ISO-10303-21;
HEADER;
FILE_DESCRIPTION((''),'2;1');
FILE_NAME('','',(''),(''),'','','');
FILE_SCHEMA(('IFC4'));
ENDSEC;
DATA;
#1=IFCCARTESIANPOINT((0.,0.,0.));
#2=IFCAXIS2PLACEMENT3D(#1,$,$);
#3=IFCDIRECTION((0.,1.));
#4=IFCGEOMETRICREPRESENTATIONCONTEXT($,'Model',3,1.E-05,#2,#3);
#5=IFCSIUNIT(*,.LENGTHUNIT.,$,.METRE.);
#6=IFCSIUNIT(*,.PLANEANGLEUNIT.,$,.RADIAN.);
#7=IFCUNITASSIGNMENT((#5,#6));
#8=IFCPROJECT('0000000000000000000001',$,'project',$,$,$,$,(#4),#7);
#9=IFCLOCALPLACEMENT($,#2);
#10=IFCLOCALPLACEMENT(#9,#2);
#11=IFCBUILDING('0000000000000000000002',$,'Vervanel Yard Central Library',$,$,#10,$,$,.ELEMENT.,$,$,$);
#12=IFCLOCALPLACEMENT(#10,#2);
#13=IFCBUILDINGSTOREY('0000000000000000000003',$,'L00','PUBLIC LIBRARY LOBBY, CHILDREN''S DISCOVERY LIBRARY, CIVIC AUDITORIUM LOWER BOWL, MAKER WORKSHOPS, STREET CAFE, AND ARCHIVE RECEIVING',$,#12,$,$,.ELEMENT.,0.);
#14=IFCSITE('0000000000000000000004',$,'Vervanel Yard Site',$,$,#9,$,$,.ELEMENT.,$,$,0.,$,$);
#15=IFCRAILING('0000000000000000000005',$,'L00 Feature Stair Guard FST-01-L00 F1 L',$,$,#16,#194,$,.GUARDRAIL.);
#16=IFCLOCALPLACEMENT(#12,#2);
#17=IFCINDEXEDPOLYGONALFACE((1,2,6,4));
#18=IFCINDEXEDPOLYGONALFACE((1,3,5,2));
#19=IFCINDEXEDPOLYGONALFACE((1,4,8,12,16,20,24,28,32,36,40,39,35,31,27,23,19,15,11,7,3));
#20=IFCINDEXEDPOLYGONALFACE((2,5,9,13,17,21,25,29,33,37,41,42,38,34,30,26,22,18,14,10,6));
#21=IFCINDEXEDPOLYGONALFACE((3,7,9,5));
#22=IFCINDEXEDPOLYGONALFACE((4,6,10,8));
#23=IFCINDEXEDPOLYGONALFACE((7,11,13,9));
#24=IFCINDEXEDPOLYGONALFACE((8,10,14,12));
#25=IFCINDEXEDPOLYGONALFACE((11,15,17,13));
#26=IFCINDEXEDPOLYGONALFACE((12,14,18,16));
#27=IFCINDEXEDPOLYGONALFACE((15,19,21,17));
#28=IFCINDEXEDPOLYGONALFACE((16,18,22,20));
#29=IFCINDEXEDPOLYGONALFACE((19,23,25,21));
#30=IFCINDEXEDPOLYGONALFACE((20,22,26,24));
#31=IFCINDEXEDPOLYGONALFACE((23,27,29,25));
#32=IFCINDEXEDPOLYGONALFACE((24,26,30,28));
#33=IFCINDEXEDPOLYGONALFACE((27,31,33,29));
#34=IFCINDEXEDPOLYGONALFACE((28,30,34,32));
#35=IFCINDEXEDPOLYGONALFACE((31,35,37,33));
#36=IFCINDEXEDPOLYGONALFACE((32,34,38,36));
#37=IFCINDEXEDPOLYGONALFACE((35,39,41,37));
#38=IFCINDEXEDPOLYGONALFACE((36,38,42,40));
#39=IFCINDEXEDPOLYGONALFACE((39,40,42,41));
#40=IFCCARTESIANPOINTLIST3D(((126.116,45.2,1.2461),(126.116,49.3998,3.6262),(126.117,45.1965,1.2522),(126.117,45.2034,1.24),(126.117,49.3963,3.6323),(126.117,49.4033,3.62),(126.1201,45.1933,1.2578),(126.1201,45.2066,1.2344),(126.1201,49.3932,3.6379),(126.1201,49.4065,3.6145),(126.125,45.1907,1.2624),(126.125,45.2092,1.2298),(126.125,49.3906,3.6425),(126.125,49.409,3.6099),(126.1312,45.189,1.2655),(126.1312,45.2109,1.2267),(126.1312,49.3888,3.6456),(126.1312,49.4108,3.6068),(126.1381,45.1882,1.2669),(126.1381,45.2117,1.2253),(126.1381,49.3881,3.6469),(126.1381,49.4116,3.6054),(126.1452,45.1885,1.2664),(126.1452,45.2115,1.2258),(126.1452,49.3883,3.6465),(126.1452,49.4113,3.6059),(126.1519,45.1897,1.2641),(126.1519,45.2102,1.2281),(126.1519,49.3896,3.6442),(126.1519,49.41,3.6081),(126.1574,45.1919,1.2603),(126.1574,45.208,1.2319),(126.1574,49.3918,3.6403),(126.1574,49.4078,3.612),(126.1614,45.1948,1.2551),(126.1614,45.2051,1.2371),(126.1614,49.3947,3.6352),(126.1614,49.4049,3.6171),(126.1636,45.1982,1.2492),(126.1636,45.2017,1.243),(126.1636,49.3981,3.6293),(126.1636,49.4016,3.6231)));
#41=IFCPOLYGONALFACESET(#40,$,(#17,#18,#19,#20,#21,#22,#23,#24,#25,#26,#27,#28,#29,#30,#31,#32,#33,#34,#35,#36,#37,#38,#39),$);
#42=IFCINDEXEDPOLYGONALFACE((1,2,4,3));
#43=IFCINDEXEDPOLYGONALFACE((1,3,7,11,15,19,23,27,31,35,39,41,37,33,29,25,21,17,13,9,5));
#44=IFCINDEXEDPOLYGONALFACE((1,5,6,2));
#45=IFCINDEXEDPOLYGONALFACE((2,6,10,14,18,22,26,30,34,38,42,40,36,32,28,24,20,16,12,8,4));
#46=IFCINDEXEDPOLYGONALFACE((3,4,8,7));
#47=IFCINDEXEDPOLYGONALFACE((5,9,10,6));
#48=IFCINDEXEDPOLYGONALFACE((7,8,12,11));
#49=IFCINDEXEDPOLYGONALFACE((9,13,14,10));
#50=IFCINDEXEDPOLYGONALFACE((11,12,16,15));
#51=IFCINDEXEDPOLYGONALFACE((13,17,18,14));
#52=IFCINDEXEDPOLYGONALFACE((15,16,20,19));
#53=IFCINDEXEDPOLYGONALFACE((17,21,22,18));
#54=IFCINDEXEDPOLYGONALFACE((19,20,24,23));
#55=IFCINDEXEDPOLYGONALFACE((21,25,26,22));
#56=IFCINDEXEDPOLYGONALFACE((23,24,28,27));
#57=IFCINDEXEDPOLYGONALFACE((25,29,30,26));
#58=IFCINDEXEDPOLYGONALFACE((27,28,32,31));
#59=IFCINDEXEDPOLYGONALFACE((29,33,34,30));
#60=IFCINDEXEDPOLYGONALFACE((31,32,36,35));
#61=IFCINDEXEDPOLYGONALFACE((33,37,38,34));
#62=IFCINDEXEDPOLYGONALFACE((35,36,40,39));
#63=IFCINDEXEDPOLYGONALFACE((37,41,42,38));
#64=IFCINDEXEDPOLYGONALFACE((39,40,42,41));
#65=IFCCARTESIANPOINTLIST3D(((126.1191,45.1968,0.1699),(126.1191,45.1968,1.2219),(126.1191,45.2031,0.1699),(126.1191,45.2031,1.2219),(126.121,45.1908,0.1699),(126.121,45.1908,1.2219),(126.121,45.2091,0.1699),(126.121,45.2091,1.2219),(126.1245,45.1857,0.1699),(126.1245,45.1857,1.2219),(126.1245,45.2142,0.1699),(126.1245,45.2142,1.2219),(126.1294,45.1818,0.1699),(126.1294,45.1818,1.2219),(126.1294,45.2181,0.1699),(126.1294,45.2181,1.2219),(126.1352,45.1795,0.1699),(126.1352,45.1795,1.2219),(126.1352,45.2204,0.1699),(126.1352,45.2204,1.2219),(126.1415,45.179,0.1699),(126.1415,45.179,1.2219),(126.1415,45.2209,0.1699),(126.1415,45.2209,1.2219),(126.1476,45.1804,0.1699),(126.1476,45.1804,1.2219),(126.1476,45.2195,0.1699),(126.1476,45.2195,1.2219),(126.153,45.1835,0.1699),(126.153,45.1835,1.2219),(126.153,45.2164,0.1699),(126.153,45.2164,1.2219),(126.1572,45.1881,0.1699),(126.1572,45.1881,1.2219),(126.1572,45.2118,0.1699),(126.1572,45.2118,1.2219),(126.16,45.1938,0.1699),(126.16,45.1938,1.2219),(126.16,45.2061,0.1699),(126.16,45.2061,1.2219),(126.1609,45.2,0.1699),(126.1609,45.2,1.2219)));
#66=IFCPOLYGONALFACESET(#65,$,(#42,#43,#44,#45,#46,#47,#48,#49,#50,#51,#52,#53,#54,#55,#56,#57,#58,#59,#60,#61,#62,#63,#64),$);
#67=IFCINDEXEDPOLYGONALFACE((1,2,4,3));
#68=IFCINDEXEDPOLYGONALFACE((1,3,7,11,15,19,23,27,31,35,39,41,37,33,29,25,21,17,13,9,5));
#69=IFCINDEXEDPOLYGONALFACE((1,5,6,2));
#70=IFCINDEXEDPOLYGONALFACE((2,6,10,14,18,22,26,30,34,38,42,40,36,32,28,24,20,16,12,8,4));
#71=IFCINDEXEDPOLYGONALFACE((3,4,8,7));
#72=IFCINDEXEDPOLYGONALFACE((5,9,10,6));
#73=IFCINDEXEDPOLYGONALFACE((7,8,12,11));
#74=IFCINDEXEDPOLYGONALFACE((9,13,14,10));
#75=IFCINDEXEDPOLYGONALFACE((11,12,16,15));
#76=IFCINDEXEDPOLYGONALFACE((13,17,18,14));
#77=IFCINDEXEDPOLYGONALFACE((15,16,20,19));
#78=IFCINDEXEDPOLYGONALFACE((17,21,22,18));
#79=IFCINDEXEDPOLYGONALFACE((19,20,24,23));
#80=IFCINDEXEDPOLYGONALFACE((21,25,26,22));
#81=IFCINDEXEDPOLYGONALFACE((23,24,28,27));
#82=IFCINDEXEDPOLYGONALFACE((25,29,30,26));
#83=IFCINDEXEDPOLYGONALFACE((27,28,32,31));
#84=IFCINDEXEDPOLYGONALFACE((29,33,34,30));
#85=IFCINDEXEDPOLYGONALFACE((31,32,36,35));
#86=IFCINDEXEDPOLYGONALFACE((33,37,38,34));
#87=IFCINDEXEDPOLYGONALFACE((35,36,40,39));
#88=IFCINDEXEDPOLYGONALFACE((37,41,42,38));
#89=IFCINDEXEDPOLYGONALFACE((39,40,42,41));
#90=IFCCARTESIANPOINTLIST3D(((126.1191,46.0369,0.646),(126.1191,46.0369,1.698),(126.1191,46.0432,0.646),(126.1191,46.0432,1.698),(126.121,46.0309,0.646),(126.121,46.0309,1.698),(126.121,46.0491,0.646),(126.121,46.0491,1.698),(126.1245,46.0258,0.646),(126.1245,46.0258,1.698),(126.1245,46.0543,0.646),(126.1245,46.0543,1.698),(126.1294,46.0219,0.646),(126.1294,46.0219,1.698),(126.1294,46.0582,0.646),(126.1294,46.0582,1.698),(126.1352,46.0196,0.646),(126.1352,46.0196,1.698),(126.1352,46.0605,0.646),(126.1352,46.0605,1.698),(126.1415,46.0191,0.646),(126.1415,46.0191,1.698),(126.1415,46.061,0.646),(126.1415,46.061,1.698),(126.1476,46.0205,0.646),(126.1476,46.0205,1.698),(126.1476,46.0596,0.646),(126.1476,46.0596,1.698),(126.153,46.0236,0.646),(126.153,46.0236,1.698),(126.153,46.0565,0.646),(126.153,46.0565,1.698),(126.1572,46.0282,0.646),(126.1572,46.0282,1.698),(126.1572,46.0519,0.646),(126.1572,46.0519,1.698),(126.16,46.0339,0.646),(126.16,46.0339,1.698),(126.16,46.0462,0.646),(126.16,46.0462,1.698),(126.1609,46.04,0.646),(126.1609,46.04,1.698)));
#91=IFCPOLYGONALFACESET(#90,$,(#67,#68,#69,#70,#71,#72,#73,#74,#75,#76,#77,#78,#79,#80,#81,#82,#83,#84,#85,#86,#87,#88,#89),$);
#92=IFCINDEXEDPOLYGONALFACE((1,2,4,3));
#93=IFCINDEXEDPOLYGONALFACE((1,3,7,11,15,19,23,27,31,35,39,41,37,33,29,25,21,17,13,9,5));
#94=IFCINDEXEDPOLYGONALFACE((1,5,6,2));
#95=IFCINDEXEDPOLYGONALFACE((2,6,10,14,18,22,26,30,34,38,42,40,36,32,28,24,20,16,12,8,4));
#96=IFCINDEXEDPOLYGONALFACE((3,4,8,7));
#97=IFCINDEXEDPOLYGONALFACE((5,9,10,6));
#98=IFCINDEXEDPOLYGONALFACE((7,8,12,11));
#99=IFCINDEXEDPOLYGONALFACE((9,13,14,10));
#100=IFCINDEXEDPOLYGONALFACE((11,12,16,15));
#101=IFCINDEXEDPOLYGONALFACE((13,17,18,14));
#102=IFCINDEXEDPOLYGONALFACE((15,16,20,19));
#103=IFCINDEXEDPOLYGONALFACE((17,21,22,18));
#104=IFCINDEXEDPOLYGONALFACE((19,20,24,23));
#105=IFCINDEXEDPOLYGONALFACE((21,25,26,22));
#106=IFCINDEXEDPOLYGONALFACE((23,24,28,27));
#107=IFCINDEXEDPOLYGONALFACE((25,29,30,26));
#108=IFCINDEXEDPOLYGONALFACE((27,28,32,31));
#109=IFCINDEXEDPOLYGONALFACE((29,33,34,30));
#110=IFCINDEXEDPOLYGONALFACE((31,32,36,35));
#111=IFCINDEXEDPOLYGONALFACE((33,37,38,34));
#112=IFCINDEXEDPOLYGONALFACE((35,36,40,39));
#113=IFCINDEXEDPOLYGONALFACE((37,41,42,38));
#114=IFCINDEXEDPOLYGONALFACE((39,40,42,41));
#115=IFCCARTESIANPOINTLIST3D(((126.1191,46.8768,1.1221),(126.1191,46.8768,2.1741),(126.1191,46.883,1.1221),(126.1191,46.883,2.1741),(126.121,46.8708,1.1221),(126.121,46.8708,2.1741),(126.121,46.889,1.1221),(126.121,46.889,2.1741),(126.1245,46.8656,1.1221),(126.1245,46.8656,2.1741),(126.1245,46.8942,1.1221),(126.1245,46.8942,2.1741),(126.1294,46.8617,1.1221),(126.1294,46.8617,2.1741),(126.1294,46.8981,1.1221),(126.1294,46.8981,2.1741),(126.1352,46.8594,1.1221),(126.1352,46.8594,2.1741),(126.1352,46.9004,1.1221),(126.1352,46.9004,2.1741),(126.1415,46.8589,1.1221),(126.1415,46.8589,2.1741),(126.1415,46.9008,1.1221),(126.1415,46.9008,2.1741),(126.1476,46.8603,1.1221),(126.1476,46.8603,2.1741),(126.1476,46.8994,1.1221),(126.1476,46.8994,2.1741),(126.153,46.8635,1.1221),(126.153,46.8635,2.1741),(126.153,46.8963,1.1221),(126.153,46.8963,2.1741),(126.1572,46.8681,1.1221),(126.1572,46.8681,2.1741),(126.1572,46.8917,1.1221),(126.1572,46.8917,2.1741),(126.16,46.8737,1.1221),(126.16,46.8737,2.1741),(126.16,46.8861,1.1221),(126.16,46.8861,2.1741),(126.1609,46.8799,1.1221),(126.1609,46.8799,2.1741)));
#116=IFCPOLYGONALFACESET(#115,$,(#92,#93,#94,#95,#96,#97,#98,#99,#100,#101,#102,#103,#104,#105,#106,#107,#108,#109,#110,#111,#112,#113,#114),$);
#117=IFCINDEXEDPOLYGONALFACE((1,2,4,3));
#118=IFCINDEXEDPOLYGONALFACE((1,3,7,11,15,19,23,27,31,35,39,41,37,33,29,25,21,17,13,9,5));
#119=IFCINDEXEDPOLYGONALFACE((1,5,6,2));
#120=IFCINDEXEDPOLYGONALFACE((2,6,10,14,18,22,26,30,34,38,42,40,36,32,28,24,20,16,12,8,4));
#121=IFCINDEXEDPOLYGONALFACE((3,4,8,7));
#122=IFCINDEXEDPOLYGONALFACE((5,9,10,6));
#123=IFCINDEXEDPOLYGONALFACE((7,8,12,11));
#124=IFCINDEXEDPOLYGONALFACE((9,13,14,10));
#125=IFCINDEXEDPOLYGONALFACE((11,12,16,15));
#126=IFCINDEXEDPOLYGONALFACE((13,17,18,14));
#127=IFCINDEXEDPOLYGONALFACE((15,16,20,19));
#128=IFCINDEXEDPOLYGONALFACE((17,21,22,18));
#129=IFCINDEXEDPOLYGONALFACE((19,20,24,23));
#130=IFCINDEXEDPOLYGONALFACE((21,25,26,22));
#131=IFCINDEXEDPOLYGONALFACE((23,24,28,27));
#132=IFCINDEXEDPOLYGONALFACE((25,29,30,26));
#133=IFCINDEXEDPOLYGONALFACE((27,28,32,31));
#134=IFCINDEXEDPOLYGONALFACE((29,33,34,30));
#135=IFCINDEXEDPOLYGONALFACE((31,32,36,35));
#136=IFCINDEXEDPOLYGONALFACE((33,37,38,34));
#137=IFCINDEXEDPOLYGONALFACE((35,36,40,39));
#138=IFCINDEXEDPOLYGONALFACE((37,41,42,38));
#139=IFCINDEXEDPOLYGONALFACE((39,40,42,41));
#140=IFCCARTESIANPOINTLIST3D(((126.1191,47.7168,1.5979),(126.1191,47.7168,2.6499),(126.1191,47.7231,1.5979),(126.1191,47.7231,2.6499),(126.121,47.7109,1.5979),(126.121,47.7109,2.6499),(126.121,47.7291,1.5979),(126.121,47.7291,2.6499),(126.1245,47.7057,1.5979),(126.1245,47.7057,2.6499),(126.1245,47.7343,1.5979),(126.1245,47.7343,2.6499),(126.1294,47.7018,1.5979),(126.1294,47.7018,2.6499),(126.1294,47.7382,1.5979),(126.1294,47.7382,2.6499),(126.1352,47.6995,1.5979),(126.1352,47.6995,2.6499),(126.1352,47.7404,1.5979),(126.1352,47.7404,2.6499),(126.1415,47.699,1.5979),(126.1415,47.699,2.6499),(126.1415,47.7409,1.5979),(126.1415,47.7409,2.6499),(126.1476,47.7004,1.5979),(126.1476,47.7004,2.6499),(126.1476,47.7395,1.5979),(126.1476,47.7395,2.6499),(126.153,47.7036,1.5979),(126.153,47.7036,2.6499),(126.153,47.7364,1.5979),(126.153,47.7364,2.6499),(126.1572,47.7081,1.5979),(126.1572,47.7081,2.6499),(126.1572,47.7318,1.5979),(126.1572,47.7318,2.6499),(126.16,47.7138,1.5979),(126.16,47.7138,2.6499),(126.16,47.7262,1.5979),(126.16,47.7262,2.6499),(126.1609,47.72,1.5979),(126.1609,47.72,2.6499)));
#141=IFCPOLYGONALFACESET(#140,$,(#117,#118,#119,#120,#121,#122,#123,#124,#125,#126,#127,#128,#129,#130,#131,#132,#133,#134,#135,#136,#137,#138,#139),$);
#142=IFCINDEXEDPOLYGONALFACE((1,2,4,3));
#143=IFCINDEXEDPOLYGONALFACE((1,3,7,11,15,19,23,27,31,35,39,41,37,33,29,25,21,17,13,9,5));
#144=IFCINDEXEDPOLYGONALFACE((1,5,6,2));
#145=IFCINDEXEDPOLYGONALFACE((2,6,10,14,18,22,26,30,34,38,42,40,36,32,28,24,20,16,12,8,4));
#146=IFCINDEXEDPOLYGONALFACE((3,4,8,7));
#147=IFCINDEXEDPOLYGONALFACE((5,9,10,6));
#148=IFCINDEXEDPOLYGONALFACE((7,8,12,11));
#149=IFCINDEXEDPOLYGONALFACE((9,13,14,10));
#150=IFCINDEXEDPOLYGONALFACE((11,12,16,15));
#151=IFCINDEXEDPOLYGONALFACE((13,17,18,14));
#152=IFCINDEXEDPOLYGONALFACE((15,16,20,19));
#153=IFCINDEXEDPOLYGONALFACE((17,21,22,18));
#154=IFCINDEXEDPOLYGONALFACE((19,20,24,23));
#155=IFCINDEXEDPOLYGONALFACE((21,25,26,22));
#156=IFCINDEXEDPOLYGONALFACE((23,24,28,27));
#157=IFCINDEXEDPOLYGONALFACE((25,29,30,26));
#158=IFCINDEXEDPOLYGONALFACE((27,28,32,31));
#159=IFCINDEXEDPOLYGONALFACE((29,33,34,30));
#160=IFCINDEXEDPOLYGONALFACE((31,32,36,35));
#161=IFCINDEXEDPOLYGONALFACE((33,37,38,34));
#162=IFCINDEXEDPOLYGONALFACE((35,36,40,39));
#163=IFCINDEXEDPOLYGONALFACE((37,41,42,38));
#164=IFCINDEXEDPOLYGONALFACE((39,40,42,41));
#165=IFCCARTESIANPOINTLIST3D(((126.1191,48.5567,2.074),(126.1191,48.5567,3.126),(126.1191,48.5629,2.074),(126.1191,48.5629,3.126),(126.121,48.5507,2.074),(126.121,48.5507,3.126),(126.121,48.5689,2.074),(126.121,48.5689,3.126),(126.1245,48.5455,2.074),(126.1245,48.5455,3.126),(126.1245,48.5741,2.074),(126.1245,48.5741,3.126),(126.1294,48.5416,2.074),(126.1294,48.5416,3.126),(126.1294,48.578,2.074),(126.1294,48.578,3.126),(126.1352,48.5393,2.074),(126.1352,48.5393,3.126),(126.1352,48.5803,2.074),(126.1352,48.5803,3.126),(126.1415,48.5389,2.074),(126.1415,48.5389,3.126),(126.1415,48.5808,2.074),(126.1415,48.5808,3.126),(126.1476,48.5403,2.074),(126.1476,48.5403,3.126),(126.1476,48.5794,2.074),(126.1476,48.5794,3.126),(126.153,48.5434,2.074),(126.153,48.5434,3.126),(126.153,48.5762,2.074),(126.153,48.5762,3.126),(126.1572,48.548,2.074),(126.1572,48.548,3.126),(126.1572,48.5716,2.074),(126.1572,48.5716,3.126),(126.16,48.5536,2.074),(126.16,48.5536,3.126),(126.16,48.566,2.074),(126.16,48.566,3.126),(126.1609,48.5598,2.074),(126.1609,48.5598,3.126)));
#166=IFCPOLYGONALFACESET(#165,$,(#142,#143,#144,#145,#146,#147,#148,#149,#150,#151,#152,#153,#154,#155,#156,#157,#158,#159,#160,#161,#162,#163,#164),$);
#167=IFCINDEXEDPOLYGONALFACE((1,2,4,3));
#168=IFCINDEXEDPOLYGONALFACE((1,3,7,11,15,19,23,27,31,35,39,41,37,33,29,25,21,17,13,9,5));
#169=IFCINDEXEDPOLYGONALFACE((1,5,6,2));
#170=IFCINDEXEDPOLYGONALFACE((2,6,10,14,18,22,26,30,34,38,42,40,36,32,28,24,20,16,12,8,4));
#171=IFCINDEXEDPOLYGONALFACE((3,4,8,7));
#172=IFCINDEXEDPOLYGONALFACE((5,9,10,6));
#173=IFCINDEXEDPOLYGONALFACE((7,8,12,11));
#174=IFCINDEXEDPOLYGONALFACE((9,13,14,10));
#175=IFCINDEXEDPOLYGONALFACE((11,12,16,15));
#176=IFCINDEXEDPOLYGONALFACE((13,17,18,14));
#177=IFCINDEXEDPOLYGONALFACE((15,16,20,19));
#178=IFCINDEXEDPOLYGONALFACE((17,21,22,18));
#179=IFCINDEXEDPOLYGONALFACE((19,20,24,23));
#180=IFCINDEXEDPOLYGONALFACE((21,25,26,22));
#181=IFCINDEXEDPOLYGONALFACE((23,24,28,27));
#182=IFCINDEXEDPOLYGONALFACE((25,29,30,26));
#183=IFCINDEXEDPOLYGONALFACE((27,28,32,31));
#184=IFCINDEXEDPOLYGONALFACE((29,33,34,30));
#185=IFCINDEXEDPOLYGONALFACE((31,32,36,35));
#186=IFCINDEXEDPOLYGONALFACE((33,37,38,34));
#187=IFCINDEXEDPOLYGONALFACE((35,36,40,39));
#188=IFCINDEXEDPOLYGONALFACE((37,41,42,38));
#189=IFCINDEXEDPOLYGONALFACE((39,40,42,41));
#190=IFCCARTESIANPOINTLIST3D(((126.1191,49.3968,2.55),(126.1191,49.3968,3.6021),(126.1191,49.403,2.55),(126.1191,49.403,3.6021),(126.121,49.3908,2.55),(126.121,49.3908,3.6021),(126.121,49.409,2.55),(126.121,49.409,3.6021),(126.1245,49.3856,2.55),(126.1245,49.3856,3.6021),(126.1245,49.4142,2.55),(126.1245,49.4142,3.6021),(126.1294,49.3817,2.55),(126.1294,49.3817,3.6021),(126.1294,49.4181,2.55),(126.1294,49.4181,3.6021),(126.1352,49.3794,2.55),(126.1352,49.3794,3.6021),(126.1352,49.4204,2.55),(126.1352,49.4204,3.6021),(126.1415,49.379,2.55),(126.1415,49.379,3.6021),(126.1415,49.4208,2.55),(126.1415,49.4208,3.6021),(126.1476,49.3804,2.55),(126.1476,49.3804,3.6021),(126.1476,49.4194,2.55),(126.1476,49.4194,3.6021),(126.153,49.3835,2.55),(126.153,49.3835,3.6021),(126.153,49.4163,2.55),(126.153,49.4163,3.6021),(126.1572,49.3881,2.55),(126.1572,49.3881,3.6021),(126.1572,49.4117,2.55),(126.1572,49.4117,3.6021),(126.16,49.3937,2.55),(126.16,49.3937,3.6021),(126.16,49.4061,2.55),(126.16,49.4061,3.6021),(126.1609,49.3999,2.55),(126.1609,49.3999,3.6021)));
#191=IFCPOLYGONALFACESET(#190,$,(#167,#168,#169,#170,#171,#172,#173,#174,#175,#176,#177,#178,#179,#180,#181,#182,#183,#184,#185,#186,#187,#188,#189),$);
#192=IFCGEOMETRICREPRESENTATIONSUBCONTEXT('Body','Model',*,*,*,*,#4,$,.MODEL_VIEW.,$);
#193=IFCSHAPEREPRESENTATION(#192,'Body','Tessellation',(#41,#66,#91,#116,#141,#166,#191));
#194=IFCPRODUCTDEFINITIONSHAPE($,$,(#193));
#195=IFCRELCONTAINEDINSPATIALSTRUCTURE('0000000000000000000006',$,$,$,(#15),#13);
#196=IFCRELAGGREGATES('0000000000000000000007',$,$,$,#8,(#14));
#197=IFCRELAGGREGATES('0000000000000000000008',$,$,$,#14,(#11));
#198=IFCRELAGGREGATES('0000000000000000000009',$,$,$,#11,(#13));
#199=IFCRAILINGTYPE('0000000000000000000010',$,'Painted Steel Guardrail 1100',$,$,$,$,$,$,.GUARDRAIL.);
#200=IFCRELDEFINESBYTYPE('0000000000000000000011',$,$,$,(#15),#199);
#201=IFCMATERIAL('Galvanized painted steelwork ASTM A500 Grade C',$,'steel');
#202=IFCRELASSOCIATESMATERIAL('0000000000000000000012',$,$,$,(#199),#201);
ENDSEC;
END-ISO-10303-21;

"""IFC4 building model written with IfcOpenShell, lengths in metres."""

from ifc_helpers import new_model, si_unit, direction, frame, origin, origin_2d, place, context, subcontext, project, spatial, circle, extrude, material, type_object, element, save


model = new_model("IFC4")

# Units and contexts
model_context = context("Model", 3, precision=1e-05, world=origin(), true_north=direction((0.0, 1.0)))
body_context = subcontext(model_context, "Body", "Model", "MODEL_VIEW")
ifc_project = project(units=[si_unit("LENGTHUNIT", "METRE"), si_unit("PLANEANGLEUNIT", "RADIAN")], contexts=[model_context])

# Site, building, storey
site_placement = place(None, origin())
site = spatial("IfcSite", under=ifc_project, at=site_placement, Name="Vervanel Yard Site", CompositionType="ELEMENT", RefElevation=0.0)
building_placement = place(site_placement, origin())
building = spatial("IfcBuilding", under=site, at=building_placement, Name="Vervanel Yard Central Library", CompositionType="ELEMENT")
storey_placement = place(building_placement, origin())
storey = spatial("IfcBuildingStorey", under=building, at=storey_placement, Name="L00", Description="PUBLIC LIBRARY LOBBY, CHILDREN'S DISCOVERY LIBRARY, CIVIC AUDITORIUM LOWER BOWL, MAKER WORKSHOPS, STREET CAFE, AND ARCHIVE RECEIVING", CompositionType="ELEMENT", Elevation=0.0)

# Railing
ifc_material_1 = material(Name="Galvanized painted steelwork ASTM A500 Grade C", Category="steel")
railing_type = type_object("IfcRailingType", Name="Painted Steel Guardrail 1100", PredefinedType="GUARDRAIL", material=ifc_material_1)
for number, where, name in (
    (1, (126.1399, 45.2, 0.1699), "L00 Feature Stair Guard FST-01-L00 F1 L"),
):
    element("IfcRailing", number, at=place(storey_placement, frame(where)), inside=storey, type_object=railing_type, Name=name, PredefinedType="GUARDRAIL", context=body_context, shape_type="SweptSolid", body=[
        extrude(circle(Radius=0.0239, at=origin_2d()), frame((0.0, 0.0, 1.0762), z_axis=(0.0, 0.870008, 0.493037), x_axis=(-1.0, 0.0, 0.0)), (0.0, 0.0, 1.0), 4.8274),
        extrude(circle(Radius=0.021, at=origin_2d()), origin(), (0.0, 0.0, 1.0), 1.052),
        extrude(circle(Radius=0.021, at=origin_2d()), frame((0.0, 0.8401, 0.4761)), (0.0, 0.0, 1.0), 1.052),
        extrude(circle(Radius=0.021, at=origin_2d()), frame((0.0, 1.6799, 0.9521)), (0.0, 0.0, 1.0), 1.052),
        extrude(circle(Radius=0.021, at=origin_2d()), frame((0.0, 2.52, 1.428)), (0.0, 0.0, 1.0), 1.052),
        extrude(circle(Radius=0.021, at=origin_2d()), frame((0.0, 3.3599, 1.9041)), (0.0, 0.0, 1.0), 1.052),
        extrude(circle(Radius=0.021, at=origin_2d()), frame((0.0, 4.2, 2.3801)), (0.0, 0.0, 1.0), 1.052),
    ])

save(model, "model.ifc")
